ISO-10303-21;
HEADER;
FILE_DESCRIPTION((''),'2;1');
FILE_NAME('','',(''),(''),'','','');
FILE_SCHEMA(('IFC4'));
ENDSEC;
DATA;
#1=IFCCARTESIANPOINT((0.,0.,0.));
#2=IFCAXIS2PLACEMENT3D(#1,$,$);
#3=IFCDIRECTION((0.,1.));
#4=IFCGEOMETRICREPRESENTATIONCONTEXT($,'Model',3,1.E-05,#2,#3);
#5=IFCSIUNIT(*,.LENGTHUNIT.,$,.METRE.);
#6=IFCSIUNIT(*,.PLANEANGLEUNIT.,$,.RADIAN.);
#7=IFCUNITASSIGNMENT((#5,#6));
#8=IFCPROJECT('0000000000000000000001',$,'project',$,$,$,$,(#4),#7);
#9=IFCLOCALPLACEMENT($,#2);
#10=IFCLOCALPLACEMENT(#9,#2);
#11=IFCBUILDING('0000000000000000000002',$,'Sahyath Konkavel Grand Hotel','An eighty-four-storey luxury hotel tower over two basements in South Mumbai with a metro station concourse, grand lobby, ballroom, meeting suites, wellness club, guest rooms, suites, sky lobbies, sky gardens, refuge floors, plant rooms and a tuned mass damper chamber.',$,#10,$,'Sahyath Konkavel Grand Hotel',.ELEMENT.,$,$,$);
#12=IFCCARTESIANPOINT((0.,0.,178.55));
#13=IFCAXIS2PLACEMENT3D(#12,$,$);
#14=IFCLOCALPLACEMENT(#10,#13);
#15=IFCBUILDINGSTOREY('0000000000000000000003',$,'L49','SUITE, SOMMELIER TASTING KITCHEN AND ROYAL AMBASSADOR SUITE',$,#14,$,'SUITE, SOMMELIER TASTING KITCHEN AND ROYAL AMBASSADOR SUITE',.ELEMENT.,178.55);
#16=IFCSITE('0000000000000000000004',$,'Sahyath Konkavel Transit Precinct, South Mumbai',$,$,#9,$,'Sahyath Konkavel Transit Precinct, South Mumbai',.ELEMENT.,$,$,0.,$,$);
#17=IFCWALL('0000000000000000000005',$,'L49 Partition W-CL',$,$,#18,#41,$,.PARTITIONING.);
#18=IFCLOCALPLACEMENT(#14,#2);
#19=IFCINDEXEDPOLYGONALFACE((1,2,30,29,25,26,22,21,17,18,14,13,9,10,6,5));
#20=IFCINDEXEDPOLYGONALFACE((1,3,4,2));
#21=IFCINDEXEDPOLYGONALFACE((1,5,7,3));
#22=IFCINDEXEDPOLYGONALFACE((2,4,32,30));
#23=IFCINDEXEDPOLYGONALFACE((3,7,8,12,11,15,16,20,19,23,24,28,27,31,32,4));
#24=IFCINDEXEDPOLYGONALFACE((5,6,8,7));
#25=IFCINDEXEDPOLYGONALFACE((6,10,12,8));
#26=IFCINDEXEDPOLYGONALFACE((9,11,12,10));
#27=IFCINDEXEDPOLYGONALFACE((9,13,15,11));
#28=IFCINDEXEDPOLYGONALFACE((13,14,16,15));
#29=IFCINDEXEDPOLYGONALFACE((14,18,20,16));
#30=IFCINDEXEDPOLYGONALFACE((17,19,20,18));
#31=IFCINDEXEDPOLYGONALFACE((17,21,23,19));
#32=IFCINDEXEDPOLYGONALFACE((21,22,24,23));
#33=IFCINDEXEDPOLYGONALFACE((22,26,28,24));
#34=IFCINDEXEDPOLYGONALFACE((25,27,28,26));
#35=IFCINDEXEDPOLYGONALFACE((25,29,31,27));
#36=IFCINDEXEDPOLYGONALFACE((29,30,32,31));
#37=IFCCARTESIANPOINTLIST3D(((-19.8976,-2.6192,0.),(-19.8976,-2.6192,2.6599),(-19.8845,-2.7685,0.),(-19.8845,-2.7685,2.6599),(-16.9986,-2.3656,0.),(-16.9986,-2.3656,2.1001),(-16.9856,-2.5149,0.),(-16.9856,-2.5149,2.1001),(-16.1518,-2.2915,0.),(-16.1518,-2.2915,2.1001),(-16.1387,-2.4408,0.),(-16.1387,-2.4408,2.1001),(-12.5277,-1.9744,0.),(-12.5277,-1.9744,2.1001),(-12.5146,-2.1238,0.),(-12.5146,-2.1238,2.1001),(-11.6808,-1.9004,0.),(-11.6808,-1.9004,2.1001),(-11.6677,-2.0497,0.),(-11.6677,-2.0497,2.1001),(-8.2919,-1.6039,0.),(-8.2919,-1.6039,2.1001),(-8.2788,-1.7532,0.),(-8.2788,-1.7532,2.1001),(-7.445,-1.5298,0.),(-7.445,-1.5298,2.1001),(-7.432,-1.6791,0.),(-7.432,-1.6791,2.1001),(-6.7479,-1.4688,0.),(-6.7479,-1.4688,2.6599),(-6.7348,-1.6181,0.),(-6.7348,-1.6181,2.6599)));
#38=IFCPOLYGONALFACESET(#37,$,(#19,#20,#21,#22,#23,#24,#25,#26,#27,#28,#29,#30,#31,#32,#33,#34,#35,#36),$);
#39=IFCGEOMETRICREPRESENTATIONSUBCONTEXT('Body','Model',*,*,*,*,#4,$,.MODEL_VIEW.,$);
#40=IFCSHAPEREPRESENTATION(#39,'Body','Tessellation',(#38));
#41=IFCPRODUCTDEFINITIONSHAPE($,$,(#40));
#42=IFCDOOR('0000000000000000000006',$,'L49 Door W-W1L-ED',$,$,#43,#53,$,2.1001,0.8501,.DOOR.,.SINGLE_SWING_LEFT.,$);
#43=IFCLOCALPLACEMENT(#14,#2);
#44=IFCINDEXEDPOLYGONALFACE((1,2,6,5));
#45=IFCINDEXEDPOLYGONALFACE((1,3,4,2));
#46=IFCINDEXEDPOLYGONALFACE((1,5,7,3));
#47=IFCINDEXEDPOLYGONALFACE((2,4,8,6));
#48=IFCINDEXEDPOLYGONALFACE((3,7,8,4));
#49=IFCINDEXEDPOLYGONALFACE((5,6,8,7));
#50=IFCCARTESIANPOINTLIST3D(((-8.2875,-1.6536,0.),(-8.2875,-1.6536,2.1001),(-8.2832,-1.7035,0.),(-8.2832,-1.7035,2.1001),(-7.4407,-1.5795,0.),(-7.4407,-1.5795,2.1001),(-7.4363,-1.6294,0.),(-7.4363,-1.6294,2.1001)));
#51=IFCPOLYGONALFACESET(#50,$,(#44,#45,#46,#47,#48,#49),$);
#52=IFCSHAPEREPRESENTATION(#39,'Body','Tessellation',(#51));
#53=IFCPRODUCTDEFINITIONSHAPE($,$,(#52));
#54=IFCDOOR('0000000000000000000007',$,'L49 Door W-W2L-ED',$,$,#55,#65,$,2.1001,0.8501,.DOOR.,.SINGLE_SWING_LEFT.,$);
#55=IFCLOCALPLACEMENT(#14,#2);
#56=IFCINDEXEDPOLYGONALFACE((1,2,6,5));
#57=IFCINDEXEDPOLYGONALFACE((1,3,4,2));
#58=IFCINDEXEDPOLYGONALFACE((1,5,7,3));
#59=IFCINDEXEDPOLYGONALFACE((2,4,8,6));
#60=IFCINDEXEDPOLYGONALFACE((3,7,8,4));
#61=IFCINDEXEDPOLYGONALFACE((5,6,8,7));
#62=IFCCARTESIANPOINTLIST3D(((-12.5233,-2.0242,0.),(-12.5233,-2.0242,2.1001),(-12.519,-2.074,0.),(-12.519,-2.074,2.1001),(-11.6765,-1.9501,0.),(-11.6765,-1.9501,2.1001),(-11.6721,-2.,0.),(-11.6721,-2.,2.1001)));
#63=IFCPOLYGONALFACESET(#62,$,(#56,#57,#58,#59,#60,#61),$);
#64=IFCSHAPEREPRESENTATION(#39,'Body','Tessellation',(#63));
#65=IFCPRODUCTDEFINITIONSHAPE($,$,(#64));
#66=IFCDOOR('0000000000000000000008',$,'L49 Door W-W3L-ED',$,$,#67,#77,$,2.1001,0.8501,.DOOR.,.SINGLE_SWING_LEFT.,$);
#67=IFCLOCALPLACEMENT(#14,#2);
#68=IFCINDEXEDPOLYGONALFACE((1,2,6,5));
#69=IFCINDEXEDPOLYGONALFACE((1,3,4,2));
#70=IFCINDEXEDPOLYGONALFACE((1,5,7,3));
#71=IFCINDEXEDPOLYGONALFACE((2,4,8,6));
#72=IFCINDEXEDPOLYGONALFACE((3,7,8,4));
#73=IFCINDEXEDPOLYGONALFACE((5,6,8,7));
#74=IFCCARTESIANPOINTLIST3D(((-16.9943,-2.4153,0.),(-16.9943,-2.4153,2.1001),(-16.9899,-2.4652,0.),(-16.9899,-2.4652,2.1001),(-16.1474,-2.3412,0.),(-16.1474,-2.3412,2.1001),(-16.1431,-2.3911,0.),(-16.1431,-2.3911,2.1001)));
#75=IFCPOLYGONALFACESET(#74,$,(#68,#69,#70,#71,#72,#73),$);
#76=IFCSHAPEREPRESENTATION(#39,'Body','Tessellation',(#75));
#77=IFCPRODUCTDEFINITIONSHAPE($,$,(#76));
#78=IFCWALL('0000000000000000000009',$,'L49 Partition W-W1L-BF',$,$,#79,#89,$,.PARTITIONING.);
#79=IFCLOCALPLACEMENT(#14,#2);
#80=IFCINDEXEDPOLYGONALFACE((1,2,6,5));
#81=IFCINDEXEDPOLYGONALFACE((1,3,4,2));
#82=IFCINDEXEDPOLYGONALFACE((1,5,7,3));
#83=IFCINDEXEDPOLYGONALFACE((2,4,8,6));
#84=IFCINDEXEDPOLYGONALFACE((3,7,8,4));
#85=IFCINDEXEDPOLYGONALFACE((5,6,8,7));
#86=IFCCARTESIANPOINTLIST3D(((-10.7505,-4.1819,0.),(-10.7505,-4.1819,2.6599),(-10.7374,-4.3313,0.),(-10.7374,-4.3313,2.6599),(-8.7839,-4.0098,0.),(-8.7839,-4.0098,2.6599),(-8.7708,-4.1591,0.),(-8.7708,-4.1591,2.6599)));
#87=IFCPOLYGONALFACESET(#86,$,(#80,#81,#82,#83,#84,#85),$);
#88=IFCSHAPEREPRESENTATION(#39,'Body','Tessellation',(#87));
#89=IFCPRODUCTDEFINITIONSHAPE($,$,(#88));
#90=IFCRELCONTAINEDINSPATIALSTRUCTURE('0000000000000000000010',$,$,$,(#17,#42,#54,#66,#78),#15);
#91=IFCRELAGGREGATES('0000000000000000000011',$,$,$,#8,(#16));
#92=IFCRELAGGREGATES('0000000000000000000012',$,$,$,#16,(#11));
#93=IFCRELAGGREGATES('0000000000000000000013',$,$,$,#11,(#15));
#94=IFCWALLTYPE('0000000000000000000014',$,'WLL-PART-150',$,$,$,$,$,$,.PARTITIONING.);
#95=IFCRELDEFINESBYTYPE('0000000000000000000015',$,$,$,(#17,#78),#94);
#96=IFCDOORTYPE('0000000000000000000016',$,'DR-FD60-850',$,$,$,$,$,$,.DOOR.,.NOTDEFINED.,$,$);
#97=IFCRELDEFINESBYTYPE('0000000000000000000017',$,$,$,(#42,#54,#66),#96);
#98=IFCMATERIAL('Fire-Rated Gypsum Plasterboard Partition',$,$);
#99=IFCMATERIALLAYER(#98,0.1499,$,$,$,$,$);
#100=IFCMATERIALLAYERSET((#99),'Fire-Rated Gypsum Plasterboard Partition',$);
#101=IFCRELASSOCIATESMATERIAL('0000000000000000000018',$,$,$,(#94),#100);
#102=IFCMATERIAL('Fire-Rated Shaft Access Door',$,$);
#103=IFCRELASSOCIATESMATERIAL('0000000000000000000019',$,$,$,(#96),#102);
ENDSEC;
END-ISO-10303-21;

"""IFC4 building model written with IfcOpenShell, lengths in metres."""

from ifc_helpers import new_model, si_unit, direction, frame, frame_2d, origin, origin_2d, place, context, subcontext, project, spatial, rectangle, extrude, source, transform, mapped, material, layer, layer_set, type_object, element, fill, save


model = new_model("IFC4")

# Units and contexts
model_context = context("Model", 3, precision=1e-05, world=origin(), true_north=direction((0.0, 1.0)))
body_context = subcontext(model_context, "Body", "Model", "MODEL_VIEW")
ifc_project = project(units=[si_unit("LENGTHUNIT", "METRE"), si_unit("PLANEANGLEUNIT", "RADIAN")], contexts=[model_context])

# Site, building, storey
site_placement = place(None, origin())
site = spatial("IfcSite", under=ifc_project, at=site_placement, Name="Sahyath Konkavel Transit Precinct, South Mumbai", LongName="Sahyath Konkavel Transit Precinct, South Mumbai", CompositionType="ELEMENT", RefElevation=0.0)
building_placement = place(site_placement, origin())
building = spatial("IfcBuilding", under=site, at=building_placement, Name="Sahyath Konkavel Grand Hotel", Description="An eighty-four-storey luxury hotel tower over two basements in South Mumbai with a metro station concourse, grand lobby, ballroom, meeting suites, wellness club, guest rooms, suites, sky lobbies, sky gardens, refuge floors, plant rooms and a tuned mass damper chamber.", LongName="Sahyath Konkavel Grand Hotel", CompositionType="ELEMENT")
storey_placement = place(building_placement, frame((0.0, 0.0, 178.55)))
storey = spatial("IfcBuildingStorey", under=building, at=storey_placement, Name="L49", Description="SUITE, SOMMELIER TASTING KITCHEN AND ROYAL AMBASSADOR SUITE", LongName="SUITE, SOMMELIER TASTING KITCHEN AND ROYAL AMBASSADOR SUITE", CompositionType="ELEMENT", Elevation=178.55)

# Shared definitions
ifc_material_1 = material(Name="Fire-Rated Gypsum Plasterboard Partition")
ifc_layer_1 = layer(ifc_material_1, 0.1499)
ifc_layer_set_1 = layer_set([ifc_layer_1], Name="Fire-Rated Gypsum Plasterboard Partition")
wall_type_1 = type_object("IfcWallType", Name="WLL-PART-150", PredefinedType="PARTITIONING", material=ifc_layer_set_1)

# Wall, openings, doors
wall_1_placement = place(storey_placement, frame((-6.7412, -1.5435, 0.0), z_axis=(0.0, 0.0, 1.0), x_axis=(-0.996195, -0.087152, 0.0)))
wall_1 = element("IfcWall", 1, at=wall_1_placement, inside=storey, type_object=wall_type_1, Name="L49 Partition W-CL", PredefinedType="PARTITIONING", context=body_context, shape_type="SweptSolid", body=[
    extrude(rectangle(XDim=13.2, YDim=0.1499, at=frame_2d((6.6001, 0.0))), origin(), (0.0, 0.0, 1.0), 2.6599),
])
opening_1_placement = place(wall_1_placement, frame((0.7, 0.0, 0.0)))
opening_1 = element("IfcOpeningElement", 2, at=opening_1_placement, cuts=wall_1, PredefinedType="OPENING", context=body_context, shape_type="SweptSolid", body=[
    extrude(rectangle(XDim=0.8501, YDim=2.1001, at=frame_2d((0.425, 1.05))), frame((0.0, 0.085, 0.0), z_axis=(0.0, -1.0, 0.0), x_axis=(1.0, 0.0, 0.0)), (0.0, 0.0, 1.0), 0.1699),
])
opening_2_placement = place(wall_1_placement, frame((4.9519, 0.0, 0.0)))
opening_2 = element("IfcOpeningElement", 3, at=opening_2_placement, cuts=wall_1, PredefinedType="OPENING", context=body_context, shape_type="SweptSolid", body=[
    extrude(rectangle(XDim=0.8501, YDim=2.1001, at=frame_2d((0.425, 1.05))), frame((0.0, 0.085, 0.0), z_axis=(0.0, -1.0, 0.0), x_axis=(1.0, 0.0, 0.0)), (0.0, 0.0, 1.0), 0.1699),
])
opening_3_placement = place(wall_1_placement, frame((9.4399, 0.0, 0.0)))
opening_3 = element("IfcOpeningElement", 4, at=opening_3_placement, cuts=wall_1, PredefinedType="OPENING", context=body_context, shape_type="SweptSolid", body=[
    extrude(rectangle(XDim=0.8501, YDim=2.1001, at=frame_2d((0.425, 1.05))), frame((0.0, 0.085, 0.0), z_axis=(0.0, -1.0, 0.0), x_axis=(1.0, 0.0, 0.0)), (0.0, 0.0, 1.0), 0.1699),
])
ifc_material_2 = material(Name="Fire-Rated Shaft Access Door")
door_type_1 = type_object("IfcDoorType", Name="DR-FD60-850", OperationType="NOTDEFINED", PredefinedType="DOOR", material=ifc_material_2)
shared_shape_1 = source(origin(), body_context, "Body", "SweptSolid", [
    extrude(rectangle(XDim=0.8501, YDim=0.05, at=origin_2d()), origin(), (0.0, 0.0, 1.0), 2.1001),
])
door_1_placement = place(opening_1_placement, frame((0.425, 0.0, 0.0)))
door_1 = element("IfcDoor", 5, at=door_1_placement, inside=storey, type_object=door_type_1, Name="L49 Door W-W1L-ED", OperationType="SINGLE_SWING_LEFT", OverallHeight=2.1001, OverallWidth=0.8501, PredefinedType="DOOR", context=body_context, shape_type="MappedRepresentation", body=[
    mapped(shared_shape_1, transform((0.0, 0.0, 0.0), scale=1.0)),
])
fill(opening_1, door_1)
door_2_placement = place(opening_2_placement, frame((0.425, 0.0, 0.0)))
door_2 = element("IfcDoor", 6, at=door_2_placement, inside=storey, type_object=door_type_1, Name="L49 Door W-W2L-ED", OperationType="SINGLE_SWING_LEFT", OverallHeight=2.1001, OverallWidth=0.8501, PredefinedType="DOOR", context=body_context, shape_type="MappedRepresentation", body=[
    mapped(shared_shape_1, transform((0.0, 0.0, 0.0), scale=1.0)),
])
fill(opening_2, door_2)
door_3_placement = place(opening_3_placement, frame((0.425, 0.0, 0.0)))
door_3 = element("IfcDoor", 7, at=door_3_placement, inside=storey, type_object=door_type_1, Name="L49 Door W-W3L-ED", OperationType="SINGLE_SWING_LEFT", OverallHeight=2.1001, OverallWidth=0.8501, PredefinedType="DOOR", context=body_context, shape_type="MappedRepresentation", body=[
    mapped(shared_shape_1, transform((0.0, 0.0, 0.0), scale=1.0)),
])
fill(opening_3, door_3)

# Wall
wall_2_placement = place(storey_placement, frame((-8.7773, -4.0845, 0.0), z_axis=(0.0, 0.0, 1.0), x_axis=(-0.996192, -0.08719, 0.0)))
element("IfcWall", 8, at=wall_2_placement, inside=storey, type_object=wall_type_1, Name="L49 Partition W-W1L-BF", PredefinedType="PARTITIONING", context=body_context, shape_type="SweptSolid", body=[
    extrude(rectangle(XDim=1.9741, YDim=0.1499, at=frame_2d((0.9871, 0.0))), origin(), (0.0, 0.0, 1.0), 2.6599),
])

save(model, "model.ifc")
